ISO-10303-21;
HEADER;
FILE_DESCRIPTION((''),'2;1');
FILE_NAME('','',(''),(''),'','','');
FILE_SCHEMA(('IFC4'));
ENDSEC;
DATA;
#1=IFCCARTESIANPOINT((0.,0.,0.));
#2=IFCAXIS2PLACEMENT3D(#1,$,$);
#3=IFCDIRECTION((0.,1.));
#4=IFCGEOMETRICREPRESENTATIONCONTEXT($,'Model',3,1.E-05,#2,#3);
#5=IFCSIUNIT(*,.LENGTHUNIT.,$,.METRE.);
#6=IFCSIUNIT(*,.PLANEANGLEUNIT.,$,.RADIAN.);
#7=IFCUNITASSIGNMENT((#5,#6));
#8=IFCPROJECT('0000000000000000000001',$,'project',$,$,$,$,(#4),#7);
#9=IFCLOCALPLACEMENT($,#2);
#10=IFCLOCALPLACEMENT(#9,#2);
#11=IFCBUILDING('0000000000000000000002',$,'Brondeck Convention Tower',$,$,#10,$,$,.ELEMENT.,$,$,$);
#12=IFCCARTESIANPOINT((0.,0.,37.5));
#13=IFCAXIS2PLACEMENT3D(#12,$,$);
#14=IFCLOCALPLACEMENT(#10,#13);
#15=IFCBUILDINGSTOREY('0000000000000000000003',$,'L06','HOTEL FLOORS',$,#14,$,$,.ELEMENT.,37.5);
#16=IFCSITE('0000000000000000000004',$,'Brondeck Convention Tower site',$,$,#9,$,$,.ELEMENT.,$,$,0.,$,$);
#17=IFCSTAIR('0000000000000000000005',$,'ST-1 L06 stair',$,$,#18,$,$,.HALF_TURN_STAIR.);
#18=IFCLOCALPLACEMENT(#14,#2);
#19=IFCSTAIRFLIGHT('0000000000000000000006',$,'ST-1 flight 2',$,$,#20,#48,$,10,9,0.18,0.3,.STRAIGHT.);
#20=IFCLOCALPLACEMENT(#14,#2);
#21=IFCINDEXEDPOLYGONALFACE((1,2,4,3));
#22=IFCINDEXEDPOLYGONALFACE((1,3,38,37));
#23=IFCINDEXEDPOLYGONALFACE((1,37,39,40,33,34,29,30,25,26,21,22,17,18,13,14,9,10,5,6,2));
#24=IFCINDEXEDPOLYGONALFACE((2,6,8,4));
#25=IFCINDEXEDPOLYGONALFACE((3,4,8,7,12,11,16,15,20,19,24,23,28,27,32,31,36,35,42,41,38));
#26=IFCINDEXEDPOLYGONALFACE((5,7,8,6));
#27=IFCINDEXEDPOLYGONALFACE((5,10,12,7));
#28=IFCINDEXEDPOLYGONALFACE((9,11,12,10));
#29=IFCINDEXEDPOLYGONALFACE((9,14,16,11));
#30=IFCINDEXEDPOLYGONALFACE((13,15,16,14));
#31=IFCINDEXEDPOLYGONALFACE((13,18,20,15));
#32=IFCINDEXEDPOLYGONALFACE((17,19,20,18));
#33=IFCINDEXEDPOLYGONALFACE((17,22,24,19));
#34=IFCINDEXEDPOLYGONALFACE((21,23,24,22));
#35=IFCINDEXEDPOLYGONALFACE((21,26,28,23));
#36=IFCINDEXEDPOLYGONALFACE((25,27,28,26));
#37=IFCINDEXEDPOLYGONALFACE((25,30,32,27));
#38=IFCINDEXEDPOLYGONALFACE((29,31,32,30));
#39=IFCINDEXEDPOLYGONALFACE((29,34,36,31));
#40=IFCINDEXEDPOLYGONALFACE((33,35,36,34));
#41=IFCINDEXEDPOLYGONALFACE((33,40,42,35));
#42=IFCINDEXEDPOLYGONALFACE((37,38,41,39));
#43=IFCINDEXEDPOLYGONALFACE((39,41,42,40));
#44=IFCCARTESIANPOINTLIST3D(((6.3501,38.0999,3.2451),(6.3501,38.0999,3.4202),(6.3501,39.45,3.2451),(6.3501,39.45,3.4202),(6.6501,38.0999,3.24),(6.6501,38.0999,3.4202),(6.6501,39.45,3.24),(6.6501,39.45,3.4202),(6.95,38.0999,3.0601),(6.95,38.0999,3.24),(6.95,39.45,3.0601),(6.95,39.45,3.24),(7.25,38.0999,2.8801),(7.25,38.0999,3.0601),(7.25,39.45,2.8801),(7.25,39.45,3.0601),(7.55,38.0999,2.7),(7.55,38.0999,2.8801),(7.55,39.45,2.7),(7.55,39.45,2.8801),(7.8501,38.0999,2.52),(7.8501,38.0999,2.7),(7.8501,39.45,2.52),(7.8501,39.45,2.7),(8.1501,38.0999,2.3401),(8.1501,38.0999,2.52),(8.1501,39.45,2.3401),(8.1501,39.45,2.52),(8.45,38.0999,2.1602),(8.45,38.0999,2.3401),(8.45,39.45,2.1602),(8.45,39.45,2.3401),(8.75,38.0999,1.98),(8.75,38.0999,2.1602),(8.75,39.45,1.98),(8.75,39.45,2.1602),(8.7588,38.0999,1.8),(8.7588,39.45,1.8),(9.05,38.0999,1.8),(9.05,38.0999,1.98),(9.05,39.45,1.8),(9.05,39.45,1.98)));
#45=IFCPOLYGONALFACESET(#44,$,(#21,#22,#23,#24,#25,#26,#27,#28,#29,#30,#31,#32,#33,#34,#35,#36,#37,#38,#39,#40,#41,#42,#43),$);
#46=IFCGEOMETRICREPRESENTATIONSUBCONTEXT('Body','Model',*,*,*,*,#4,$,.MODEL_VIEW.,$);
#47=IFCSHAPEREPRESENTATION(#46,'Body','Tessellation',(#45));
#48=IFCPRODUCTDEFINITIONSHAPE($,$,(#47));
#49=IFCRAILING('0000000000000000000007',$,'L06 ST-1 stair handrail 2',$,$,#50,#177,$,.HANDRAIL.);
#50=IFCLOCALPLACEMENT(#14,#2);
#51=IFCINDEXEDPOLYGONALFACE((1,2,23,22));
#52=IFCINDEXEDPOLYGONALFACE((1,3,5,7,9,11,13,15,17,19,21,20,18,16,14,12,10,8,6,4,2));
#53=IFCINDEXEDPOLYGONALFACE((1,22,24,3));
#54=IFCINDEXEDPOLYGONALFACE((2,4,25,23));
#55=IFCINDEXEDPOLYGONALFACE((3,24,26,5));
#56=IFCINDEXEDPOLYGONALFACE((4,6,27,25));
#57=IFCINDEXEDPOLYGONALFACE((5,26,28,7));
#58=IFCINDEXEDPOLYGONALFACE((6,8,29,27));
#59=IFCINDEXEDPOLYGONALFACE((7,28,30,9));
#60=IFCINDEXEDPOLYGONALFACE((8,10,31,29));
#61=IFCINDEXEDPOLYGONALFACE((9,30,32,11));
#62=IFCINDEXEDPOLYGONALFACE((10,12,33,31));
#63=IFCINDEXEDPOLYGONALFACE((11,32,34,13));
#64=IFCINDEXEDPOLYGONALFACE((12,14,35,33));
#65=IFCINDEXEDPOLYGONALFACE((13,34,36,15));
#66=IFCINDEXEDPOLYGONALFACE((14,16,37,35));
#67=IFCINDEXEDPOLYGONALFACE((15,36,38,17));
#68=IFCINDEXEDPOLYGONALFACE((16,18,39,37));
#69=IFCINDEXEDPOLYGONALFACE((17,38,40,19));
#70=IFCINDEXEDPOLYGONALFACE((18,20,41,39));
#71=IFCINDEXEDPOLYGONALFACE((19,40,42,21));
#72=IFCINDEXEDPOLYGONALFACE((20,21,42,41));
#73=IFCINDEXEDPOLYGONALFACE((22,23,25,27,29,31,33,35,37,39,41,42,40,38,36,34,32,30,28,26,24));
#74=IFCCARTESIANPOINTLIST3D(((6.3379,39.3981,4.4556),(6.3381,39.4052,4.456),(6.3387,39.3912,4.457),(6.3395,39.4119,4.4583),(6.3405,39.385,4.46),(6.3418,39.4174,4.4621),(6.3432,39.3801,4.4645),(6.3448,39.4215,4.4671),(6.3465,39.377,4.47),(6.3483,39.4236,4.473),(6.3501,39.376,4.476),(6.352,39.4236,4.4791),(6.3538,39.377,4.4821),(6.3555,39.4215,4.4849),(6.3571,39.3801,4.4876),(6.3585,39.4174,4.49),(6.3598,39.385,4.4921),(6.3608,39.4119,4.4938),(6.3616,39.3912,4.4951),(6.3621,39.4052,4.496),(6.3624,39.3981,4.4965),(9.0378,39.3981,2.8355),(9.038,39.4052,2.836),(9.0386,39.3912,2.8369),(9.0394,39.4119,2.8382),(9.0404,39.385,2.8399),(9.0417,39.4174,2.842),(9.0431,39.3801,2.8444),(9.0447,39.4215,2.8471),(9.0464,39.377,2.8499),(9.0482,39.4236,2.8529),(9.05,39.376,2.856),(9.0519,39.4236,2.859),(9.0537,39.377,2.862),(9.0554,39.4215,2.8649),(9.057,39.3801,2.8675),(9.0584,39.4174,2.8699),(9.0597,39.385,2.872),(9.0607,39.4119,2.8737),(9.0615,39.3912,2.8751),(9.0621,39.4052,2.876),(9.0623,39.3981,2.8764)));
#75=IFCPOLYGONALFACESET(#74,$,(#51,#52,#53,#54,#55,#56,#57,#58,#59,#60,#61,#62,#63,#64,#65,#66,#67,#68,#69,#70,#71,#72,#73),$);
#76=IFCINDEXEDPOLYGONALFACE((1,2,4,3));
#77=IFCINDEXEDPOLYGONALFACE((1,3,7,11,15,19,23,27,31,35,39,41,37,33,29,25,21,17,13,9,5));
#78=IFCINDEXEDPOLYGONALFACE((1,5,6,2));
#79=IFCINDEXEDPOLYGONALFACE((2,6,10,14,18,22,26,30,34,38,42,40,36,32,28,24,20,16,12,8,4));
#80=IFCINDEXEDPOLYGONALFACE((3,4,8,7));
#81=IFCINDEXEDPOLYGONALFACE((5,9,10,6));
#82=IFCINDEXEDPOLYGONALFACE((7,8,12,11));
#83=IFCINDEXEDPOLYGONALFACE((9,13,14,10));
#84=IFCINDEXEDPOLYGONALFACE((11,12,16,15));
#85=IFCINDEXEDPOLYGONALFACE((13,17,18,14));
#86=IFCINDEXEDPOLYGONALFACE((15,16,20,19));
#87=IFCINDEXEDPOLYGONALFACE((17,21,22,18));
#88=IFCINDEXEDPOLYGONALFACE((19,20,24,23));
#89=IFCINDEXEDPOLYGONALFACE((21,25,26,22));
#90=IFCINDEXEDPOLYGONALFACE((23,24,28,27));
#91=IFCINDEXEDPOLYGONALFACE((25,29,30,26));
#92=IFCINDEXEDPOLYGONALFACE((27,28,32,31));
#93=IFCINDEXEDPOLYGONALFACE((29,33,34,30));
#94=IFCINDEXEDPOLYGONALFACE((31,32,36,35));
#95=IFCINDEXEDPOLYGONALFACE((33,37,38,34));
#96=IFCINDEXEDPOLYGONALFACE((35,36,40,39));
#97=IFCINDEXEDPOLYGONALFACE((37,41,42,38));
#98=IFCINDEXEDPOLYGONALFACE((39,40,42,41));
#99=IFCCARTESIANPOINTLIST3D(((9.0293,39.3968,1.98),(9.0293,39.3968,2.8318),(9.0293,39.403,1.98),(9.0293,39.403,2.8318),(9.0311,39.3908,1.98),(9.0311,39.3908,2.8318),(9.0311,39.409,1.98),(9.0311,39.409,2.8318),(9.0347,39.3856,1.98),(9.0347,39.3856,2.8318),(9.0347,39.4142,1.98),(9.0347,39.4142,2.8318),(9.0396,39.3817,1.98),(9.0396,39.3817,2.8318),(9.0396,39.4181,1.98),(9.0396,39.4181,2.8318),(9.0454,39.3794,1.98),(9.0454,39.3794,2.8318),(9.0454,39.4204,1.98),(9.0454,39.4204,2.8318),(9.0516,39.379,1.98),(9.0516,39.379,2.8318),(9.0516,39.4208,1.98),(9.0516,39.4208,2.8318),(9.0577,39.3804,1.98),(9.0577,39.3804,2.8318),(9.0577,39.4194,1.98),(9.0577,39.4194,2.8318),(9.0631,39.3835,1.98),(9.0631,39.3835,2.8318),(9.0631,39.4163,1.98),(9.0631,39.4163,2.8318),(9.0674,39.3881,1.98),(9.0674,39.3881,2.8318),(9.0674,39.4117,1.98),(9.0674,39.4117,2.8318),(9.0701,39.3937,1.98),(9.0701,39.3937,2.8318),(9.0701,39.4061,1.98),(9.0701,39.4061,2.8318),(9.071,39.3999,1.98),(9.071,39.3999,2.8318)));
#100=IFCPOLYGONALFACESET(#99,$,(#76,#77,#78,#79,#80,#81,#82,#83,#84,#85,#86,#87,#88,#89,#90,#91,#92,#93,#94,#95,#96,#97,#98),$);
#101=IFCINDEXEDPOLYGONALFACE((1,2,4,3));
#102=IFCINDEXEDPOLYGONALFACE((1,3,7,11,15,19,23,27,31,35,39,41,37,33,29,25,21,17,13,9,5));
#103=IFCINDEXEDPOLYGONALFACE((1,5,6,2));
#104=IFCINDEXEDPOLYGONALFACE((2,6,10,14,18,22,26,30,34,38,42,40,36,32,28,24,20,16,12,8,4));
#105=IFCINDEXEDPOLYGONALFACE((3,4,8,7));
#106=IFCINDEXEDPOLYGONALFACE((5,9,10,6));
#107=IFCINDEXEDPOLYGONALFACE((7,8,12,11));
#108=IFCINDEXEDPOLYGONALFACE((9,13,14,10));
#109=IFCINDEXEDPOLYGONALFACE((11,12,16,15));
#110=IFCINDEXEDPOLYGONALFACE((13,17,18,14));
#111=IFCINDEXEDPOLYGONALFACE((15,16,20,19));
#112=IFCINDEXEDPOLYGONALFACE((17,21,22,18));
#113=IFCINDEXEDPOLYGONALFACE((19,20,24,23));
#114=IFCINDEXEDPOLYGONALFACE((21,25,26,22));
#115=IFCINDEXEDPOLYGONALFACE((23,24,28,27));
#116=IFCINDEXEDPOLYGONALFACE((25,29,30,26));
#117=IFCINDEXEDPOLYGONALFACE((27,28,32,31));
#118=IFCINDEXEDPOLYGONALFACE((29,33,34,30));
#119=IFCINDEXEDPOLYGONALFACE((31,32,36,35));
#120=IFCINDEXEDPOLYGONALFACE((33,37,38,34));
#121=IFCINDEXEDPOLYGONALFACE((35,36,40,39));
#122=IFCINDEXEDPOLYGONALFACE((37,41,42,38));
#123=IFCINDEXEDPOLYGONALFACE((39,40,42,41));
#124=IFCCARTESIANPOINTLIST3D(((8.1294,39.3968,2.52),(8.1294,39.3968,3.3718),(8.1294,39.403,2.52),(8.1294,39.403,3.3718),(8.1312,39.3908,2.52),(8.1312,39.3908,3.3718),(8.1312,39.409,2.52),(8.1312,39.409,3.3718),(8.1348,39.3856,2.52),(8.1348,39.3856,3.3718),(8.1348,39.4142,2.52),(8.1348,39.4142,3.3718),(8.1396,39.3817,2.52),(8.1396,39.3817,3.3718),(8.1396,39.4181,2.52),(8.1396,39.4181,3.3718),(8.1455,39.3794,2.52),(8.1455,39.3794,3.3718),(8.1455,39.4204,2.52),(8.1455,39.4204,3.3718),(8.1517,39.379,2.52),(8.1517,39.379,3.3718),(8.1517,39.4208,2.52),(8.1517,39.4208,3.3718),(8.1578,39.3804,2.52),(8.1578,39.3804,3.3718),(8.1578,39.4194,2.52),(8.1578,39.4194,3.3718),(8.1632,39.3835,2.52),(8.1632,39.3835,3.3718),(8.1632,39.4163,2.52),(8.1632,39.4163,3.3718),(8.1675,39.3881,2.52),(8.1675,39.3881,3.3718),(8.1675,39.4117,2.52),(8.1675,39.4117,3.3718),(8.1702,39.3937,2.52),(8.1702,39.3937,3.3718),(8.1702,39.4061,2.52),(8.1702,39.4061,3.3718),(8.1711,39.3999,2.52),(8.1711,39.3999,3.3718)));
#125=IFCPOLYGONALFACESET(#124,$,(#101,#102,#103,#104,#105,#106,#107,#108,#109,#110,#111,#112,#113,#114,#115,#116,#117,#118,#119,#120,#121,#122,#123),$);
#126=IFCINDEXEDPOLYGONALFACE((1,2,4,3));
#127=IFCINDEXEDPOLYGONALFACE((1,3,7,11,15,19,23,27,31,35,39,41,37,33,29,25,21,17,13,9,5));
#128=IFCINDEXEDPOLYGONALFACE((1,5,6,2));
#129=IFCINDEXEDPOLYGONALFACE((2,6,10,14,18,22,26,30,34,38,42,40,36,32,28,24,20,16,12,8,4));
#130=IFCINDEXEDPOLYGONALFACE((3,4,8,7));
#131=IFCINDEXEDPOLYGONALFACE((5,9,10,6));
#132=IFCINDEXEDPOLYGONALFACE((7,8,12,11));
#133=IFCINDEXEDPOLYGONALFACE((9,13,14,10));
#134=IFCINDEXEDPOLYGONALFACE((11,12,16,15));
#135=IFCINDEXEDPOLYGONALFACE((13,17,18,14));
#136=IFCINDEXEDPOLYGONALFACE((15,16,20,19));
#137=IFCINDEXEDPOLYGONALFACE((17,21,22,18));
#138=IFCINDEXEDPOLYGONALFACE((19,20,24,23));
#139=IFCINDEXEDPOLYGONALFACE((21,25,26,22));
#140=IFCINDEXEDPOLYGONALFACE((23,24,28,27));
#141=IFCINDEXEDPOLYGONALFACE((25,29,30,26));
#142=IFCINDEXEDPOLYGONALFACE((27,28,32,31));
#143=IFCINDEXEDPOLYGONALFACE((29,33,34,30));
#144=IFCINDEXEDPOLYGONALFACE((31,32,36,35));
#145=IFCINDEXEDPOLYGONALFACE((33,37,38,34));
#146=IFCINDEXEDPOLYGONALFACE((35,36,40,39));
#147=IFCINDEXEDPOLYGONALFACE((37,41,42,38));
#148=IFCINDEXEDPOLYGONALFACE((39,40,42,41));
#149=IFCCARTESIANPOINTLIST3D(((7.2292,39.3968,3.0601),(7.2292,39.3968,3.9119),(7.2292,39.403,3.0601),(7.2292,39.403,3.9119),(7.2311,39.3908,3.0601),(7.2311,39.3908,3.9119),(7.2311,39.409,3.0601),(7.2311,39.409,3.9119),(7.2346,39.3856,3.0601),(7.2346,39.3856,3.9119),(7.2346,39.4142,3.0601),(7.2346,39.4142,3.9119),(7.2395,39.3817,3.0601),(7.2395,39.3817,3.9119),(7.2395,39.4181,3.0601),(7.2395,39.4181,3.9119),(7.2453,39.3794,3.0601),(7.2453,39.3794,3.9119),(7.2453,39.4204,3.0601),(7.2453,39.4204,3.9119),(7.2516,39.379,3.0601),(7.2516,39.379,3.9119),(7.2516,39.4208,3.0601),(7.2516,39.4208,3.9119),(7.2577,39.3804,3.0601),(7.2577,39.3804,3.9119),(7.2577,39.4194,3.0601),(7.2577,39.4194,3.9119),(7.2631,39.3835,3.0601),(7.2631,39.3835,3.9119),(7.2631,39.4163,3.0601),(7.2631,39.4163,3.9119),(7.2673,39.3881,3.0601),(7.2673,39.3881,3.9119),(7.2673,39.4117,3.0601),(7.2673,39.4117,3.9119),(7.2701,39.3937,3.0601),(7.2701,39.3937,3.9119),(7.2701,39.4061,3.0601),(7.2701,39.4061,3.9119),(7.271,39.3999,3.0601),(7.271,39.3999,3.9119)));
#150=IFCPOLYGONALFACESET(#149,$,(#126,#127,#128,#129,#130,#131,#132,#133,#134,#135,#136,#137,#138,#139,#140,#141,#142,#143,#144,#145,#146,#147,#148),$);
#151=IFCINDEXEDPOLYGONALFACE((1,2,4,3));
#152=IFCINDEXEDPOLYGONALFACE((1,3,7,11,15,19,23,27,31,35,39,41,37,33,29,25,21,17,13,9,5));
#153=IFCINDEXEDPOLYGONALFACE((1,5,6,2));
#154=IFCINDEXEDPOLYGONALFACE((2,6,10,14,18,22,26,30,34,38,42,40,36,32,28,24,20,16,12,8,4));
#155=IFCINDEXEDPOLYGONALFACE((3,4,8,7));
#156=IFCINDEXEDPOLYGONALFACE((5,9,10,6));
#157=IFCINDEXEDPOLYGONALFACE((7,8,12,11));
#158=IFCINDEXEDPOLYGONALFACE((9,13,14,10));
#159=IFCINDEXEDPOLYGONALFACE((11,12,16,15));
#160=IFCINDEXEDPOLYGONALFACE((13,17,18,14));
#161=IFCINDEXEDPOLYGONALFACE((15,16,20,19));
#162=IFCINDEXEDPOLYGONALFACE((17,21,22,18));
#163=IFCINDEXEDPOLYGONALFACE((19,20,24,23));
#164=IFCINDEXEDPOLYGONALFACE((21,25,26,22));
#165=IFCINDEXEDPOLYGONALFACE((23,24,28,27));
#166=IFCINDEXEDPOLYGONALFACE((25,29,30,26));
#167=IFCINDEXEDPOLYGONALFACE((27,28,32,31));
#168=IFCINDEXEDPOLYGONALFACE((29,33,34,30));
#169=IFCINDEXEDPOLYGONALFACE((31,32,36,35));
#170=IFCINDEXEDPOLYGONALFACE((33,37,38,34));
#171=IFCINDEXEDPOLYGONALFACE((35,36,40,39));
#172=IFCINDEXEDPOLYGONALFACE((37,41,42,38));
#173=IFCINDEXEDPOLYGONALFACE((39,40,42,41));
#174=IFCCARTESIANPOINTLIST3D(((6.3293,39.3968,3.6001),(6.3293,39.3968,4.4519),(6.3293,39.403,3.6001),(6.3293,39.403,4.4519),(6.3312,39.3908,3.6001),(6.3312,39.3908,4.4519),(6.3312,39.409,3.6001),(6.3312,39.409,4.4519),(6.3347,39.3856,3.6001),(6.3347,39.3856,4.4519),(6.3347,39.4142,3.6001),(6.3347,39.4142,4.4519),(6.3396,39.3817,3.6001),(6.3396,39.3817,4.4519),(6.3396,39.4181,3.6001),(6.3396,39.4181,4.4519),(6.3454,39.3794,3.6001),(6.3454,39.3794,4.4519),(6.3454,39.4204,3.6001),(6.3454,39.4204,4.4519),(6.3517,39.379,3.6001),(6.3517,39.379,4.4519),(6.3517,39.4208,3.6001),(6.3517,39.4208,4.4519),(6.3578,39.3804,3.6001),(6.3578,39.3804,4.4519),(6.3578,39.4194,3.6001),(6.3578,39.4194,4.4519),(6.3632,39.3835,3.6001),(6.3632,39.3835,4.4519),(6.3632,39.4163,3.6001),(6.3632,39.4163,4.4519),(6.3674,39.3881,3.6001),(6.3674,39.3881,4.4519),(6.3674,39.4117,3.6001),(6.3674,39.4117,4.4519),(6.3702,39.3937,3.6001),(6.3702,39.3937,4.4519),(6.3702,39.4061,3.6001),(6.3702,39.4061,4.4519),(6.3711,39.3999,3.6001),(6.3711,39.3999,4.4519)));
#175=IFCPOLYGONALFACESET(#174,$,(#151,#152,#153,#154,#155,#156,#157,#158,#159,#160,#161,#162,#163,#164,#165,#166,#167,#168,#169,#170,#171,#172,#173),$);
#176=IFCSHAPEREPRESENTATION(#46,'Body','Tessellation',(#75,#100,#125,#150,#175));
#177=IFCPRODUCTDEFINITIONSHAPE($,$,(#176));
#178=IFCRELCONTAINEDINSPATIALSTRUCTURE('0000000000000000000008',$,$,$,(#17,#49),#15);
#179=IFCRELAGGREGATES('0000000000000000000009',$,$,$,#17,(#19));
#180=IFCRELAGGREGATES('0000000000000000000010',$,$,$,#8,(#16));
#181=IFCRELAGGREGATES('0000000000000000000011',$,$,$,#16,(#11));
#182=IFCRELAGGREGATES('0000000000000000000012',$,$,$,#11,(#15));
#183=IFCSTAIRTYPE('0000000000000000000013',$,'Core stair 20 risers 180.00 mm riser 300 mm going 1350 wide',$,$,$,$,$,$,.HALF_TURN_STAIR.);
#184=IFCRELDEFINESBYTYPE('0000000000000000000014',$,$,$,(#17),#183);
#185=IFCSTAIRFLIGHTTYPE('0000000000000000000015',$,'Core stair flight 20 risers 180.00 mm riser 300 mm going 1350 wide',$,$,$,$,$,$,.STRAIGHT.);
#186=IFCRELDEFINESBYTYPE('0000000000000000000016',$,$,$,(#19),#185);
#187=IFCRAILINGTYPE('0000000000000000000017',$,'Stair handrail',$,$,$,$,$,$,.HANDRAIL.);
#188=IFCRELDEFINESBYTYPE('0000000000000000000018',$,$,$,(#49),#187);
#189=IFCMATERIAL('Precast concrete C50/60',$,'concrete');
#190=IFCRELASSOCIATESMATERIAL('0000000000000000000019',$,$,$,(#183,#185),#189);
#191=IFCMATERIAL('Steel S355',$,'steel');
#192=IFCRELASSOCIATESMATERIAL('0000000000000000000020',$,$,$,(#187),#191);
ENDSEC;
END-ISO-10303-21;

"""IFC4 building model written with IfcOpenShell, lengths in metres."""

from ifc_helpers import new_model, si_unit, direction, frame, origin, origin_2d, place, context, subcontext, project, spatial, polyline, circle, outline, extrude, material, type_object, element, aggregate, save


model = new_model("IFC4")

# Units and contexts
model_context = context("Model", 3, precision=1e-05, world=origin(), true_north=direction((0.0, 1.0)))
body_context = subcontext(model_context, "Body", "Model", "MODEL_VIEW")
ifc_project = project(units=[si_unit("LENGTHUNIT", "METRE"), si_unit("PLANEANGLEUNIT", "RADIAN")], contexts=[model_context])

# Site, building, storey
site_placement = place(None, origin())
site = spatial("IfcSite", under=ifc_project, at=site_placement, Name="Brondeck Convention Tower site", CompositionType="ELEMENT", RefElevation=0.0)
building_placement = place(site_placement, origin())
building = spatial("IfcBuilding", under=site, at=building_placement, Name="Brondeck Convention Tower", CompositionType="ELEMENT")
storey_placement = place(building_placement, frame((0.0, 0.0, 37.5)))
storey = spatial("IfcBuildingStorey", under=building, at=storey_placement, Name="L06", Description="HOTEL FLOORS", CompositionType="ELEMENT", Elevation=37.5)

# Stair, stair flight
ifc_material_1 = material(Name="Precast concrete C50/60", Category="concrete")
stair_type = type_object("IfcStairType", Name="Core stair 20 risers 180.00 mm riser 300 mm going 1350 wide", PredefinedType="HALF_TURN_STAIR", material=ifc_material_1)
stair_placement = place(storey_placement, origin())
stair = element("IfcStair", 1, at=stair_placement, inside=storey, type_object=stair_type, Name="ST-1 L06 stair", PredefinedType="HALF_TURN_STAIR")
stair_flight_type = type_object("IfcStairFlightType", Name="Core stair flight 20 risers 180.00 mm riser 300 mm going 1350 wide", PredefinedType="STRAIGHT", material=ifc_material_1)
stair_flight_placement = place(storey_placement, frame((9.05, 38.7749, 1.8), z_axis=(0.0, 0.0, 1.0), x_axis=(-1.0, 0.0, 0.0)))
stair_flight = element("IfcStairFlight", 2, at=stair_flight_placement, type_object=stair_flight_type, Name="ST-1 flight 2", NumberOfRisers=10, NumberOfTreads=9, PredefinedType="STRAIGHT", RiserHeight=0.18, TreadLength=0.3, context=body_context, shape_type="SweptSolid", body=[
    extrude(outline(polyline([(0.0, 0.0), (0.0, 0.1799), (0.3, 0.1799), (0.3, 0.3601), (0.6001, 0.3601), (0.6001, 0.54), (0.8999, 0.54), (0.8999, 0.72), (1.2, 0.72), (1.2, 0.8999), (1.5, 0.8999), (1.5, 1.0801), (1.8, 1.0801), (1.8, 1.26), (2.1001, 1.26), (2.1001, 1.4399), (2.3999, 1.4399), (2.3999, 1.6201), (2.7, 1.6201), (2.7, 1.8), (2.7, 1.4451), (0.2913, 0.0), (0.0, 0.0)])), frame((0.0, 0.675, 0.0), z_axis=(0.0, -1.0, 0.0), x_axis=(1.0, 0.0, 0.0)), (0.0, 0.0, 1.0), 1.3501),
])
aggregate(stair, [stair_flight])

# Railing
ifc_material_2 = material(Name="Steel S355", Category="steel")
railing_type = type_object("IfcRailingType", Name="Stair handrail", PredefinedType="HANDRAIL", material=ifc_material_2)
railing_placement = place(storey_placement, frame((9.05, 39.3999, 1.98)))
element("IfcRailing", 3, at=railing_placement, inside=storey, type_object=railing_type, Name="L06 ST-1 stair handrail 2", PredefinedType="HANDRAIL", context=body_context, shape_type="SweptSolid", body=[
    extrude(circle(Radius=0.0239, at=origin_2d()), frame((0.0, 0.0, 0.876), z_axis=(-0.857472, 0.0, 0.51453), x_axis=(0.0, -1.0, 0.0)), (0.0, 0.0, 1.0), 3.1487),
    extrude(circle(Radius=0.021, at=origin_2d()), origin(), (0.0, 0.0, 1.0), 0.8518),
    extrude(circle(Radius=0.021, at=origin_2d()), frame((-0.8999, 0.0, 0.54)), (0.0, 0.0, 1.0), 0.8518),
    extrude(circle(Radius=0.021, at=origin_2d()), frame((-1.8, 0.0, 1.0801)), (0.0, 0.0, 1.0), 0.8518),
    extrude(circle(Radius=0.021, at=origin_2d()), frame((-2.7, 0.0, 1.6201)), (0.0, 0.0, 1.0), 0.8518),
])

save(model, "model.ifc")
